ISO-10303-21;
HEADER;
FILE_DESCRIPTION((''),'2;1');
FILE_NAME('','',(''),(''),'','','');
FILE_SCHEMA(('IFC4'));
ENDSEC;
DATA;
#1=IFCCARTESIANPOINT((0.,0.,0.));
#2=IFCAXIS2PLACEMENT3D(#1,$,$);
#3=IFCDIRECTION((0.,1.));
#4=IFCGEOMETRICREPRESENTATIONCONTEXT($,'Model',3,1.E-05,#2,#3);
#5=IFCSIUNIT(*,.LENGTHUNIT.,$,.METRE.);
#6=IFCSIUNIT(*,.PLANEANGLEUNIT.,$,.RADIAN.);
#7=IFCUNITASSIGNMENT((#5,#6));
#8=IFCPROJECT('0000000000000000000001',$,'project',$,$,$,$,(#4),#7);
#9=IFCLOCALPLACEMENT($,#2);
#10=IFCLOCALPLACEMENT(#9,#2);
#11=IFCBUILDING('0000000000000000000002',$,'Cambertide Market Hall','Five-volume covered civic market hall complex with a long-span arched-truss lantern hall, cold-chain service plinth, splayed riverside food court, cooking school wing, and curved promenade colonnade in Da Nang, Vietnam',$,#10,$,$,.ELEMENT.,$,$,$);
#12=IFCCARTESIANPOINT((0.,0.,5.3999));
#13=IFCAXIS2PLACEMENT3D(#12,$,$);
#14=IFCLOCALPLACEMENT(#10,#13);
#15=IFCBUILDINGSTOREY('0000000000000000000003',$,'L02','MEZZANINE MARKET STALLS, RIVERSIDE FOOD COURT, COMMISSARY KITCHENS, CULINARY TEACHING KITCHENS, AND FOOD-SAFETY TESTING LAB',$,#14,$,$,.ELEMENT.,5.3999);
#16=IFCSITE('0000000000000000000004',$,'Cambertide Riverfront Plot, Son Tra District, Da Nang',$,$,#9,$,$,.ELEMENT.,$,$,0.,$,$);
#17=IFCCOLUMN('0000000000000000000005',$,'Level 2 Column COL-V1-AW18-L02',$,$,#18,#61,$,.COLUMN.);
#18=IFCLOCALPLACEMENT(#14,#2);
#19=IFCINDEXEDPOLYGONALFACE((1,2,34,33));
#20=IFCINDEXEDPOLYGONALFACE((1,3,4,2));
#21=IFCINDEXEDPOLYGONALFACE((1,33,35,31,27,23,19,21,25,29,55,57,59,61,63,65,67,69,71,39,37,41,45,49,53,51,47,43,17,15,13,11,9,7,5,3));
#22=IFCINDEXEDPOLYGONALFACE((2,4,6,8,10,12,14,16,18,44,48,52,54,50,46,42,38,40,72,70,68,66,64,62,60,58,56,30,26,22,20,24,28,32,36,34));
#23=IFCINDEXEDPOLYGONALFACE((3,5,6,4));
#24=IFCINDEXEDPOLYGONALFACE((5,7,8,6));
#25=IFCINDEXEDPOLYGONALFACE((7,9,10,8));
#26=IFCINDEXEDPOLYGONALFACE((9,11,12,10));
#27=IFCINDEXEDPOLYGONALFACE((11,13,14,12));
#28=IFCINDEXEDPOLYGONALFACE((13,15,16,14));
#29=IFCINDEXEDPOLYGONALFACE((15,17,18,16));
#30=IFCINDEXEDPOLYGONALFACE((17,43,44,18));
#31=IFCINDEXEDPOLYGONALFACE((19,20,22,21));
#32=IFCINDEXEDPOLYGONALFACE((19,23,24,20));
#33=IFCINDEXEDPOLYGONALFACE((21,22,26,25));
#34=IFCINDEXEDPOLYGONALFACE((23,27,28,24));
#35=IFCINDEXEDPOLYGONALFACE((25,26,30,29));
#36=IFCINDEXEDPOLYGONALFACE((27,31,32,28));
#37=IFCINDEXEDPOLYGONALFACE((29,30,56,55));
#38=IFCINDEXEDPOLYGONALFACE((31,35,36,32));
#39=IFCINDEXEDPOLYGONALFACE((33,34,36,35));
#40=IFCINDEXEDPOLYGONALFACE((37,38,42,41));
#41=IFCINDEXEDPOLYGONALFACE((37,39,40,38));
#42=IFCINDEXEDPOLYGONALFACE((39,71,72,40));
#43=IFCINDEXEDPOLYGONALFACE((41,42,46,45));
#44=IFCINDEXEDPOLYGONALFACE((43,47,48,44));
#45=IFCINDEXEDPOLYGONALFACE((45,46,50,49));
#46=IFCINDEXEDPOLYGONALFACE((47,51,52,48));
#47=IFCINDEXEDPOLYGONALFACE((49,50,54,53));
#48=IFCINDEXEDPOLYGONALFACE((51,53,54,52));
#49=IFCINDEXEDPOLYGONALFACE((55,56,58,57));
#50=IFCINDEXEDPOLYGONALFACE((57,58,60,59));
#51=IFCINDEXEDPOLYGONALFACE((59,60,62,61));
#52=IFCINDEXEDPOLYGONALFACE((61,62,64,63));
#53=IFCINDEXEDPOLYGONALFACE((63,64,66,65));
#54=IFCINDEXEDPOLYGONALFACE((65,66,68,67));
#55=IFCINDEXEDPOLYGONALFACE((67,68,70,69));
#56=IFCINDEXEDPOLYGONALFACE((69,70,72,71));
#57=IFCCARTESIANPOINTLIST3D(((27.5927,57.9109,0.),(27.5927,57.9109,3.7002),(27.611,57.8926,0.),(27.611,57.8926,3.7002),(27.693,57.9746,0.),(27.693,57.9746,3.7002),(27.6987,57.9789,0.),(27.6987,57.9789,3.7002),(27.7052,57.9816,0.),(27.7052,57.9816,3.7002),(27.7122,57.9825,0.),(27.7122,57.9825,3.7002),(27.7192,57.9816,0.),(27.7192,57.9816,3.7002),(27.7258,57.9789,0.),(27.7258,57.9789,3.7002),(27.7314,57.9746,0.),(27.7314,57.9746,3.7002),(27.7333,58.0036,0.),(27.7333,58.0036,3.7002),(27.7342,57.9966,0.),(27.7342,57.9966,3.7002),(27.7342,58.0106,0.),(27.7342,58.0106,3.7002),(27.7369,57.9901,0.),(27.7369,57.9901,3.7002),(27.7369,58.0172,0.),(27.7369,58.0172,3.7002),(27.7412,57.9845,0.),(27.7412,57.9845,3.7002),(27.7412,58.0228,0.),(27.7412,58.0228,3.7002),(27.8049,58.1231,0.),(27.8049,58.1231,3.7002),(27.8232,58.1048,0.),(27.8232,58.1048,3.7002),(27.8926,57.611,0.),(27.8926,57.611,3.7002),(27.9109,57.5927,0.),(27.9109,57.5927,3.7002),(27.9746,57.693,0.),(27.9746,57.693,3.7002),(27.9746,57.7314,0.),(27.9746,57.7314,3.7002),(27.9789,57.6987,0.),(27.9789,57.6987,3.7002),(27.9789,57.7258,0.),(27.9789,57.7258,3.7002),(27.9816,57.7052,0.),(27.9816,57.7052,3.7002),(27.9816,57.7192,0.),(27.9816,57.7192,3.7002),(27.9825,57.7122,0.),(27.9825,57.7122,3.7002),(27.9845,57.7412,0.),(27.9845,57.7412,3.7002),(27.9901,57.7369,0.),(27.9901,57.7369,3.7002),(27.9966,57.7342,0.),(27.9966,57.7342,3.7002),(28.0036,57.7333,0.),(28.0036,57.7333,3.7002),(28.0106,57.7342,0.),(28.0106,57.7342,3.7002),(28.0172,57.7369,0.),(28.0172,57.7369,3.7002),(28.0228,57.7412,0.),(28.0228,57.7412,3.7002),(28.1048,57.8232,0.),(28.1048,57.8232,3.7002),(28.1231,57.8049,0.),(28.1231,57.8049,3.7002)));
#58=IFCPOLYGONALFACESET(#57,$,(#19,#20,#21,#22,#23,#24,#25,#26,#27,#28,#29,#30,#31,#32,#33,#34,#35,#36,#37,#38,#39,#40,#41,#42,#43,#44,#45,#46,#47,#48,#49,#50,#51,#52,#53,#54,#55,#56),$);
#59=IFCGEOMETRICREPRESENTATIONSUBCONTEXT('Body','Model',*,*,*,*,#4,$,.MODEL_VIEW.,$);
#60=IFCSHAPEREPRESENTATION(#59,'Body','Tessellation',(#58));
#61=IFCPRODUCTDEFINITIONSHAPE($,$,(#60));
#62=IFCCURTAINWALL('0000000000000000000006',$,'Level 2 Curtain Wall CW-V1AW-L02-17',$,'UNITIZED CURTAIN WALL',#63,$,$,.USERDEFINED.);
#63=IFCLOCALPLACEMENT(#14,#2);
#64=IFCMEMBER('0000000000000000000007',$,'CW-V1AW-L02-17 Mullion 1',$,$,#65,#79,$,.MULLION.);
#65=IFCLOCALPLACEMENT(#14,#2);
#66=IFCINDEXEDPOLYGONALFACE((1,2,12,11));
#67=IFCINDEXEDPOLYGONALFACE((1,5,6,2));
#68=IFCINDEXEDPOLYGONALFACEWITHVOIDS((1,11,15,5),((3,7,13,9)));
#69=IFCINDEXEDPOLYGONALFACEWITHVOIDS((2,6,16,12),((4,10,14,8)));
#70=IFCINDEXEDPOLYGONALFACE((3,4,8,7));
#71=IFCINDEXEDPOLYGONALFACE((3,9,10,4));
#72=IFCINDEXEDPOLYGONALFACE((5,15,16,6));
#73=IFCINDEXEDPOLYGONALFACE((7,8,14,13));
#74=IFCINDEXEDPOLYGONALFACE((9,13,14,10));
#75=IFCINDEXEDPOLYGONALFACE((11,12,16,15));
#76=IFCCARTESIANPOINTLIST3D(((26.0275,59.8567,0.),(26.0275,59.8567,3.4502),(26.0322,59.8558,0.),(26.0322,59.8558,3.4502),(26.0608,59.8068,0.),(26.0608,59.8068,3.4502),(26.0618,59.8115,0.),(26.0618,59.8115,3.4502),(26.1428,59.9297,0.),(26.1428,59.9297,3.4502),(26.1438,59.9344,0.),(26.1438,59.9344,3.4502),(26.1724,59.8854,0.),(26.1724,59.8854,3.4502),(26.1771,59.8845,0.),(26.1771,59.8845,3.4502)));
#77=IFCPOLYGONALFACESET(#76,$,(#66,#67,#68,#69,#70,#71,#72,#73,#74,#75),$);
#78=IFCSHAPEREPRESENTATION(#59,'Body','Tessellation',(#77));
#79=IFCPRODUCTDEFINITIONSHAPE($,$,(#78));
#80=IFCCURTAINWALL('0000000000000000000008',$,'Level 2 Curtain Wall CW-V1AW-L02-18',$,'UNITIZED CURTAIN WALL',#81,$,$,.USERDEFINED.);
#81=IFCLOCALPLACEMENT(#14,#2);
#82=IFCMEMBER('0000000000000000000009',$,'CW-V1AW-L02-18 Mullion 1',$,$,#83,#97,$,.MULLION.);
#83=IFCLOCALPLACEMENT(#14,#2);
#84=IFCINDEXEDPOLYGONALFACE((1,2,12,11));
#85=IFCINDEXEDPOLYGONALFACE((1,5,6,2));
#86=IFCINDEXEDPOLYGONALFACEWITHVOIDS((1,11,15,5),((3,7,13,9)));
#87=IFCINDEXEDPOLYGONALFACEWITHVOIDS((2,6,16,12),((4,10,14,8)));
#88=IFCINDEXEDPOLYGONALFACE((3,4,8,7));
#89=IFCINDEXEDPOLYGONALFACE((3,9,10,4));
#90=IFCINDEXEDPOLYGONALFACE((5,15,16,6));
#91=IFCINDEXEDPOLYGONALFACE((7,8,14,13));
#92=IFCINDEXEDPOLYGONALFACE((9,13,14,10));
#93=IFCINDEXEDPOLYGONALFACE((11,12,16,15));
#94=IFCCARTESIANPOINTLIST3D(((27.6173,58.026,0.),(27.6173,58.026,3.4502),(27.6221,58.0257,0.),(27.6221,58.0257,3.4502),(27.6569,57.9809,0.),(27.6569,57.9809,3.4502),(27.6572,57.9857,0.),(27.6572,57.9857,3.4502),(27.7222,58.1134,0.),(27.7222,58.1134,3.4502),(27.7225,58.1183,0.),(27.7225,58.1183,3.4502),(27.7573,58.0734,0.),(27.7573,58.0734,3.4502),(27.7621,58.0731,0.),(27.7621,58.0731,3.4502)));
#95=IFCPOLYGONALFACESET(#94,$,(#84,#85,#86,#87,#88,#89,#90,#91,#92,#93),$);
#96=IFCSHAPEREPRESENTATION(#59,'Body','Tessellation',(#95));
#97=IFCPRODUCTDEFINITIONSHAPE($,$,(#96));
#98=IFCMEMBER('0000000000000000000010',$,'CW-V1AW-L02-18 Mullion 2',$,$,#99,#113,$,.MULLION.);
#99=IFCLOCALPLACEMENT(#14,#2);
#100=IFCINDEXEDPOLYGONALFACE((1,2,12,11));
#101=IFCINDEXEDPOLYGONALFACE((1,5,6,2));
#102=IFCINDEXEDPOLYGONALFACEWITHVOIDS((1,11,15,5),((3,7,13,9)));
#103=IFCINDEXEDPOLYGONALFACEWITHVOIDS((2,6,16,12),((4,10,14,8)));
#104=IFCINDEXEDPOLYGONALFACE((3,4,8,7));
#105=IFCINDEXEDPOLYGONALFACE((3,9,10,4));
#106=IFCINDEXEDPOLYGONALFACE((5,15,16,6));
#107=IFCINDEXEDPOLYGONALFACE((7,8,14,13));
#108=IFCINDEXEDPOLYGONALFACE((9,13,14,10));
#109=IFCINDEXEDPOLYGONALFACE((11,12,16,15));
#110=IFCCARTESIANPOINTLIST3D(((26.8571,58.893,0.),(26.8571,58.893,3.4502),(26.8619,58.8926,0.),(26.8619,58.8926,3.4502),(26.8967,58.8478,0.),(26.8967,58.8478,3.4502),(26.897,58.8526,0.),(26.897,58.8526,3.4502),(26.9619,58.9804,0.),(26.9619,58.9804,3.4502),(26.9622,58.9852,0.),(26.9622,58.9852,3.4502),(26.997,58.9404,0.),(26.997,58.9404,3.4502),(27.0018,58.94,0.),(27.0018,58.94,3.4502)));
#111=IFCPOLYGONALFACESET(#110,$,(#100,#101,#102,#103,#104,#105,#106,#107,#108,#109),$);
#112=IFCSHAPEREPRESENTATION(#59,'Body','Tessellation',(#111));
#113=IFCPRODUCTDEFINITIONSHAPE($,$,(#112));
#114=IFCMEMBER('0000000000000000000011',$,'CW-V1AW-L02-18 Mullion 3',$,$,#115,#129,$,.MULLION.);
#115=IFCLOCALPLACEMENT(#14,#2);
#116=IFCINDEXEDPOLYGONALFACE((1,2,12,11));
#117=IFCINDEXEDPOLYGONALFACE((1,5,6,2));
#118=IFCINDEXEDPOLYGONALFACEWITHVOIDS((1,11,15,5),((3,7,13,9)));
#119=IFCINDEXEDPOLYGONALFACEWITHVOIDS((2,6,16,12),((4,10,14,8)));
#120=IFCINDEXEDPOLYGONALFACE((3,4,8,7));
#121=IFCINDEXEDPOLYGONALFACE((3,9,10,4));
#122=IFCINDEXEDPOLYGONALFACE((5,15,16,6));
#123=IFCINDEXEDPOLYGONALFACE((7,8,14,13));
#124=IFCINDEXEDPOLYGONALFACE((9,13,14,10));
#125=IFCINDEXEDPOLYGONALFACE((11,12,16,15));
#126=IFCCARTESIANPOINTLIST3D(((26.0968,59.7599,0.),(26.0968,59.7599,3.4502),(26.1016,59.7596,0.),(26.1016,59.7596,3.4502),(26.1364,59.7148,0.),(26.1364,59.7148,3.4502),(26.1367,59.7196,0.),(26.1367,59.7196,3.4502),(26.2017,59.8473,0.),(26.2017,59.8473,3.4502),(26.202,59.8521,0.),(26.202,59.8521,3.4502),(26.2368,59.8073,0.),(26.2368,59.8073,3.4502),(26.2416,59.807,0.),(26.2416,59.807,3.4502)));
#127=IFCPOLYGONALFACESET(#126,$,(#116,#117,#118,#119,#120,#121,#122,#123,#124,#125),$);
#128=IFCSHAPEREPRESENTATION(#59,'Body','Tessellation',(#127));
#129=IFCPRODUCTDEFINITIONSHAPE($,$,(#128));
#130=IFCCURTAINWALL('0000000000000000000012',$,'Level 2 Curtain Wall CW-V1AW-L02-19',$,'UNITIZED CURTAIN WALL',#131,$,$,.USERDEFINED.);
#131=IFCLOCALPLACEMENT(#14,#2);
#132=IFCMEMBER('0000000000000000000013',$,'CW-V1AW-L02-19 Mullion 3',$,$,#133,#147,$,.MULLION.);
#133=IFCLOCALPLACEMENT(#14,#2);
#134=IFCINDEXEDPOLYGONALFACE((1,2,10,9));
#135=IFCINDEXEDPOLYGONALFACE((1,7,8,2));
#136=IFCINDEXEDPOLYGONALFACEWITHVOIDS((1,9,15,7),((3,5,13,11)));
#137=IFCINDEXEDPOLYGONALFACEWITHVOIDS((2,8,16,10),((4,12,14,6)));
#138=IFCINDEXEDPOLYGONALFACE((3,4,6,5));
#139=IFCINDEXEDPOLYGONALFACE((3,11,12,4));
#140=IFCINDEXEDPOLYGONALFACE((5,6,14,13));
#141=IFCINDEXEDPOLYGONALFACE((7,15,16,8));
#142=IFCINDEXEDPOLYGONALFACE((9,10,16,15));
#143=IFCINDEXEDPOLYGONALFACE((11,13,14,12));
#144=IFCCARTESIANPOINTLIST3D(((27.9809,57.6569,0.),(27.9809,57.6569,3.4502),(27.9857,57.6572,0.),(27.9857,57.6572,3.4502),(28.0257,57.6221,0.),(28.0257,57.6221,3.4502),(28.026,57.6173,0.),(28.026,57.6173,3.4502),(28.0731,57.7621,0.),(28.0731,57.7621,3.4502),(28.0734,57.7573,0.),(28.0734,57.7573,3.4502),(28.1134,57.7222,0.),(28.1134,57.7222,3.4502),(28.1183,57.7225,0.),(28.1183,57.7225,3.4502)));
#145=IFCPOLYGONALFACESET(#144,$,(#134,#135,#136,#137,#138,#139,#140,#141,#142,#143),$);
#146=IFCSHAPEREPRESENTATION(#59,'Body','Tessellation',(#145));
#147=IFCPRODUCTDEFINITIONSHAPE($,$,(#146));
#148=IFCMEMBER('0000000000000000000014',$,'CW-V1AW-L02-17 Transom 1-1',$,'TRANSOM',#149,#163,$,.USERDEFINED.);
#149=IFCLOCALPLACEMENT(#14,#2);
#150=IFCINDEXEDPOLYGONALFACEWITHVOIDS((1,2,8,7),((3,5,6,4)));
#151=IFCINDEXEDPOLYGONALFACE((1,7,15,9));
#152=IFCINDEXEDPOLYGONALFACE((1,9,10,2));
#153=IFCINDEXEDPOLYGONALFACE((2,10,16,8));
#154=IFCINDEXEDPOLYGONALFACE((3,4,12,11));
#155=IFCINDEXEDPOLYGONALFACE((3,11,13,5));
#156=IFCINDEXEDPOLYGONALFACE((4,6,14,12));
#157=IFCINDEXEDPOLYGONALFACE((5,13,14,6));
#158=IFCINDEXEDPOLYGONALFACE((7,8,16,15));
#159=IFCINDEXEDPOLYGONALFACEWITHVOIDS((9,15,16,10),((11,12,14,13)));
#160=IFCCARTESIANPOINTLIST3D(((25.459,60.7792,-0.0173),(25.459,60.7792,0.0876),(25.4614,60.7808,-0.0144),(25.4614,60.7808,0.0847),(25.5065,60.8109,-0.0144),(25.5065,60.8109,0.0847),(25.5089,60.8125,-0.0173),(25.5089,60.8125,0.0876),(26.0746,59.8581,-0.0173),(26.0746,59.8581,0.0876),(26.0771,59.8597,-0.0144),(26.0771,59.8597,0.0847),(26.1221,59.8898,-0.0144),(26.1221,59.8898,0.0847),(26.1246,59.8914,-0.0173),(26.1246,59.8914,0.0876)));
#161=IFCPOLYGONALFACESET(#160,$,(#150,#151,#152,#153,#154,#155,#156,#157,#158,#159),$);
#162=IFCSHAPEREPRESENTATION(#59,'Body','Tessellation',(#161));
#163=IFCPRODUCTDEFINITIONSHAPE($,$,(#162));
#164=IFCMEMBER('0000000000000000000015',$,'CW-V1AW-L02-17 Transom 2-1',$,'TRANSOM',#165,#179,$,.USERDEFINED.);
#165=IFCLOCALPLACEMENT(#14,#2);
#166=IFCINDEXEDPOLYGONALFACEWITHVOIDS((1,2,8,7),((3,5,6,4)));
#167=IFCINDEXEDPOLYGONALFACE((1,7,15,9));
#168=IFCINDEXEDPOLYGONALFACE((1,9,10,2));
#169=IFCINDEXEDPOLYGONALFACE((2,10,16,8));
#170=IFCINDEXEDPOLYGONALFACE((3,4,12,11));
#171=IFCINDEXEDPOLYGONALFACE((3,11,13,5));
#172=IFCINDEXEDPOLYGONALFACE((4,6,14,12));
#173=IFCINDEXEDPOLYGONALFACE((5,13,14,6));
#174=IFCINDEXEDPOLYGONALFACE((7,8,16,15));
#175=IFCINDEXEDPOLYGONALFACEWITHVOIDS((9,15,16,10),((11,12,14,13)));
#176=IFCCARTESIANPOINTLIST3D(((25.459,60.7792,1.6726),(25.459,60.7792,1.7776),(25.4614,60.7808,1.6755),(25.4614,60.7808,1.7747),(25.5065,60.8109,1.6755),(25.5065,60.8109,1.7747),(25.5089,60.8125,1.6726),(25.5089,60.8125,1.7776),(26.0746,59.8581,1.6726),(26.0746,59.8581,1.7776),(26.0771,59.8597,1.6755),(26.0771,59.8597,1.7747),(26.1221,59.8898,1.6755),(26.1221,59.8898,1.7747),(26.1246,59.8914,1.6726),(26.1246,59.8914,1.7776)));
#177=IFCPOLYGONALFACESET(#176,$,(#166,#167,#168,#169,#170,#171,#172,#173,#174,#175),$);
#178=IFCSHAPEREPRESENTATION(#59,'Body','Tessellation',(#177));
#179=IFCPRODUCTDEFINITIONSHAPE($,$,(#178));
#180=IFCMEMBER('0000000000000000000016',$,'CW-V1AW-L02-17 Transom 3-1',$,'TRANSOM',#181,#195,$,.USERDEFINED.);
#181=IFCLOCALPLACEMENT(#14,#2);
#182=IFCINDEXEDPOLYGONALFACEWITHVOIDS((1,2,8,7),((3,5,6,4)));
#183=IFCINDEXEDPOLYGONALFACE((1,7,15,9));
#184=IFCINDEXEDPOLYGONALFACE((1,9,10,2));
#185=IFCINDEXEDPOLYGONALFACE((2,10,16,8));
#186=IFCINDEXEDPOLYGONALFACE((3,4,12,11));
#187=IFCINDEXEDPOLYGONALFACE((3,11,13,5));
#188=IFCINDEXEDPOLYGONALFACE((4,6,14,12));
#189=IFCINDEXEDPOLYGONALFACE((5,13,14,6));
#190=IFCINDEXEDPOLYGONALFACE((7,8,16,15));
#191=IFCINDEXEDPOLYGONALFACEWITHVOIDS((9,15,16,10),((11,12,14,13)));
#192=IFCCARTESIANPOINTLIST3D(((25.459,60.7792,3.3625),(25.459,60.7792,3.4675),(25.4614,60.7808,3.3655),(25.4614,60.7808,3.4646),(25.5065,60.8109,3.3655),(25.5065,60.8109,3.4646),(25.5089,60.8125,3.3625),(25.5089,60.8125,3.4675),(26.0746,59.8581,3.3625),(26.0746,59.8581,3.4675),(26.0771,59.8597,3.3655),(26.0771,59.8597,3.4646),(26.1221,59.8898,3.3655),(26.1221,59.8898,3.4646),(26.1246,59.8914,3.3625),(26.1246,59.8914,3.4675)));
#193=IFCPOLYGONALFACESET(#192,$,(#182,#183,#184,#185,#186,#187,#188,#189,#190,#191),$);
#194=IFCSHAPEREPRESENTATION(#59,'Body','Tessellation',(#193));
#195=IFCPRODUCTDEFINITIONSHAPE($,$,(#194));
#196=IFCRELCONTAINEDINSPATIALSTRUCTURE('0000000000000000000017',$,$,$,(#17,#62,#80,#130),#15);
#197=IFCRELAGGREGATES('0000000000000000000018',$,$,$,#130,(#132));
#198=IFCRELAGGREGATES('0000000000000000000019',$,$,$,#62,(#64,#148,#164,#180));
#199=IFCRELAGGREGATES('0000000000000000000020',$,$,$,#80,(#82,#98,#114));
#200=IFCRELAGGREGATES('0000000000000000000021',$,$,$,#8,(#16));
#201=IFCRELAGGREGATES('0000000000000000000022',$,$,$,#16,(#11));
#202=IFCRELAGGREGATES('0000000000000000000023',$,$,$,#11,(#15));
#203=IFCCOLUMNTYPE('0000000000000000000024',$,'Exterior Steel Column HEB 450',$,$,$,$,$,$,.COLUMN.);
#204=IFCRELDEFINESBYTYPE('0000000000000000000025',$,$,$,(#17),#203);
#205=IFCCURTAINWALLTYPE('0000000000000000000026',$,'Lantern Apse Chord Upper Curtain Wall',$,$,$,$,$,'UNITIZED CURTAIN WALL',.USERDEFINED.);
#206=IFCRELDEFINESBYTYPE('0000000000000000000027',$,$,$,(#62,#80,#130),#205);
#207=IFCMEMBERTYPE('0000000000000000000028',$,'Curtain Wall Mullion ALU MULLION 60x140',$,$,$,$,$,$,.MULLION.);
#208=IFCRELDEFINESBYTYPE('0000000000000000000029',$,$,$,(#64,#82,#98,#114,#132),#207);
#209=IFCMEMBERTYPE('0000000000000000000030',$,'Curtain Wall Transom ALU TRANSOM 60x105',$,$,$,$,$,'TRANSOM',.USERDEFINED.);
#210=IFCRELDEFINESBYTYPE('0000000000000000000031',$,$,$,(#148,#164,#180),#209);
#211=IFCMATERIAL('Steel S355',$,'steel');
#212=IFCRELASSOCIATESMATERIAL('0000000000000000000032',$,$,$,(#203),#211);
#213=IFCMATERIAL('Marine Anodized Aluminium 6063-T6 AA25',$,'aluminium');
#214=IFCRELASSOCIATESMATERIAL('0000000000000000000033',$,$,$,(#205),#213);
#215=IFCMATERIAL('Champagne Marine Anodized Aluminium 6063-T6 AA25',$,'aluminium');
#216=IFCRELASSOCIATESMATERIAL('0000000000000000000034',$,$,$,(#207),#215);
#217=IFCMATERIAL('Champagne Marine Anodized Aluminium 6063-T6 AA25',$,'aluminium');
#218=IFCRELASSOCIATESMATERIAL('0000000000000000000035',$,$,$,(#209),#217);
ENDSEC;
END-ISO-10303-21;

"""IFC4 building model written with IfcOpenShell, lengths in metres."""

from ifc_helpers import new_model, si_unit, direction, frame, origin, origin_2d, place, context, subcontext, project, spatial, hollow_rectangle, i_section, extrude, material, material_profile, profile_set, type_object, element, aggregate, save


model = new_model("IFC4")

# Units and contexts
model_context = context("Model", 3, precision=1e-05, world=origin(), true_north=direction((0.0, 1.0)))
body_context = subcontext(model_context, "Body", "Model", "MODEL_VIEW")
ifc_project = project(units=[si_unit("LENGTHUNIT", "METRE"), si_unit("PLANEANGLEUNIT", "RADIAN")], contexts=[model_context])

# Site, building, storey
site_placement = place(None, origin())
site = spatial("IfcSite", under=ifc_project, at=site_placement, Name="Cambertide Riverfront Plot, Son Tra District, Da Nang", CompositionType="ELEMENT", RefElevation=0.0)
building_placement = place(site_placement, origin())
building = spatial("IfcBuilding", under=site, at=building_placement, Name="Cambertide Market Hall", Description="Five-volume covered civic market hall complex with a long-span arched-truss lantern hall, cold-chain service plinth, splayed riverside food court, cooking school wing, and curved promenade colonnade in Da Nang, Vietnam", CompositionType="ELEMENT")
storey_placement = place(building_placement, frame((0.0, 0.0, 5.3999)))
storey = spatial("IfcBuildingStorey", under=building, at=storey_placement, Name="L02", Description="MEZZANINE MARKET STALLS, RIVERSIDE FOOD COURT, COMMISSARY KITCHENS, CULINARY TEACHING KITCHENS, AND FOOD-SAFETY TESTING LAB", CompositionType="ELEMENT", Elevation=5.3999)

# Column
ifc_material_1 = material(Name="Steel S355", Category="steel")
ifc_material_profile_1 = material_profile(ifc_material_1, i_section(OverallWidth=0.3, OverallDepth=0.45, WebThickness=0.0139, FlangeThickness=0.0259, FilletRadius=0.0271, at=origin_2d()), Name="HEB 450")
ifc_profile_set_1 = profile_set([ifc_material_profile_1], Name="Steel S355")
column_type = type_object("IfcColumnType", Name="Exterior Steel Column HEB 450", PredefinedType="COLUMN", material=ifc_profile_set_1)
column_placement = place(storey_placement, frame((27.8579, 57.8579, 0.0), z_axis=(0.0, 0.0, 1.0), x_axis=(-0.707107, -0.707107, 0.0)))
element("IfcColumn", 1, at=column_placement, inside=storey, type_object=column_type, Name="Level 2 Column COL-V1-AW18-L02", PredefinedType="COLUMN", context=body_context, shape_type="SweptSolid", body=[
    extrude(i_section(OverallWidth=0.3, OverallDepth=0.45, WebThickness=0.0139, FlangeThickness=0.0259, FilletRadius=0.0271, at=origin_2d()), origin(), (0.0, 0.0, 1.0), 3.7002),
])

# Curtain wall, member
ifc_material_2 = material(Name="Marine Anodized Aluminium 6063-T6 AA25", Category="aluminium")
curtain_wall_type = type_object("IfcCurtainWallType", Name="Lantern Apse Chord Upper Curtain Wall", ElementType="UNITIZED CURTAIN WALL", PredefinedType="USERDEFINED", material=ifc_material_2)
curtain_wall_1_placement = place(storey_placement, origin())
curtain_wall_1 = element("IfcCurtainWall", 2, at=curtain_wall_1_placement, inside=storey, type_object=curtain_wall_type, Name="Level 2 Curtain Wall CW-V1AW-L02-17", ObjectType="UNITIZED CURTAIN WALL", PredefinedType="USERDEFINED")
ifc_material_3 = material(Name="Champagne Marine Anodized Aluminium 6063-T6 AA25", Category="aluminium")
ifc_material_profile_2 = material_profile(ifc_material_3, hollow_rectangle(XDim=0.0601, YDim=0.1399, WallThickness=0.0034, at=origin_2d()), Name="ALU MULLION 60x140")
ifc_profile_set_2 = profile_set([ifc_material_profile_2], Name="Champagne Marine Anodized Aluminium 6063-T6 AA25")
member_type_1 = type_object("IfcMemberType", Name="Curtain Wall Mullion ALU MULLION 60x140", PredefinedType="MULLION", material=ifc_profile_set_2)
member_1_placement = place(storey_placement, frame((26.1023, 59.8706, 0.0), z_axis=(0.0, 0.0, 1.0), x_axis=(-0.55557, 0.83147, 0.0)))
member_1 = element("IfcMember", 3, at=member_1_placement, type_object=member_type_1, Name="CW-V1AW-L02-17 Mullion 1", PredefinedType="MULLION", context=body_context, shape_type="SweptSolid", body=[
    extrude(hollow_rectangle(XDim=0.0601, YDim=0.1399, WallThickness=0.0034, at=origin_2d()), origin(), (0.0, 0.0, 1.0), 3.4502),
])

# Curtain wall, members
curtain_wall_2_placement = place(storey_placement, origin())
curtain_wall_2 = element("IfcCurtainWall", 4, at=curtain_wall_2_placement, inside=storey, type_object=curtain_wall_type, Name="Level 2 Curtain Wall CW-V1AW-L02-18", ObjectType="UNITIZED CURTAIN WALL", PredefinedType="USERDEFINED")
member_2_placement = place(storey_placement, frame((27.6897, 58.0496, 0.0), z_axis=(0.0, 0.0, 1.0), x_axis=(-0.659346, 0.75184, 0.0)))
member_2 = element("IfcMember", 5, at=member_2_placement, type_object=member_type_1, Name="CW-V1AW-L02-18 Mullion 1", PredefinedType="MULLION", context=body_context, shape_type="SweptSolid", body=[
    extrude(hollow_rectangle(XDim=0.0601, YDim=0.1399, WallThickness=0.0034, at=origin_2d()), origin(), (0.0, 0.0, 1.0), 3.4502),
])
member_3_placement = place(storey_placement, frame((26.9294, 58.9165, 0.0), z_axis=(0.0, 0.0, 1.0), x_axis=(-0.659346, 0.75184, 0.0)))
member_3 = element("IfcMember", 6, at=member_3_placement, type_object=member_type_1, Name="CW-V1AW-L02-18 Mullion 2", PredefinedType="MULLION", context=body_context, shape_type="SweptSolid", body=[
    extrude(hollow_rectangle(XDim=0.0601, YDim=0.1399, WallThickness=0.0034, at=origin_2d()), origin(), (0.0, 0.0, 1.0), 3.4502),
])
member_4_placement = place(storey_placement, frame((26.1692, 59.7834, 0.0), z_axis=(0.0, 0.0, 1.0), x_axis=(-0.659346, 0.75184, 0.0)))
member_4 = element("IfcMember", 7, at=member_4_placement, type_object=member_type_1, Name="CW-V1AW-L02-18 Mullion 3", PredefinedType="MULLION", context=body_context, shape_type="SweptSolid", body=[
    extrude(hollow_rectangle(XDim=0.0601, YDim=0.1399, WallThickness=0.0034, at=origin_2d()), origin(), (0.0, 0.0, 1.0), 3.4502),
])

# Curtain wall, member
curtain_wall_3_placement = place(storey_placement, origin())
curtain_wall_3 = element("IfcCurtainWall", 8, at=curtain_wall_3_placement, inside=storey, type_object=curtain_wall_type, Name="Level 2 Curtain Wall CW-V1AW-L02-19", ObjectType="UNITIZED CURTAIN WALL", PredefinedType="USERDEFINED")
member_5_placement = place(storey_placement, frame((28.0496, 57.6897, 0.0), z_axis=(0.0, 0.0, 1.0), x_axis=(-0.75184, 0.659346, 0.0)))
member_5 = element("IfcMember", 9, at=member_5_placement, type_object=member_type_1, Name="CW-V1AW-L02-19 Mullion 3", PredefinedType="MULLION", context=body_context, shape_type="SweptSolid", body=[
    extrude(hollow_rectangle(XDim=0.0601, YDim=0.1399, WallThickness=0.0034, at=origin_2d()), origin(), (0.0, 0.0, 1.0), 3.4502),
])
aggregate(curtain_wall_3, [member_5])

# Members
ifc_material_4 = material(Name="Champagne Marine Anodized Aluminium 6063-T6 AA25", Category="aluminium")
ifc_material_profile_3 = material_profile(ifc_material_4, hollow_rectangle(XDim=0.0601, YDim=0.105, WallThickness=0.0029, at=origin_2d()), Name="ALU TRANSOM 60x105")
ifc_profile_set_3 = profile_set([ifc_material_profile_3], Name="Champagne Marine Anodized Aluminium 6063-T6 AA25")
member_type_2 = type_object("IfcMemberType", Name="Curtain Wall Transom ALU TRANSOM 60x105", ElementType="TRANSOM", PredefinedType="USERDEFINED", material=ifc_profile_set_3)
member_6_placement = place(storey_placement, frame((26.0996, 59.8748, 0.0352), z_axis=(-0.555717, 0.831372, 0.0), x_axis=(-0.831372, -0.555717, 0.0)))
member_6 = element("IfcMember", 10, at=member_6_placement, type_object=member_type_2, Name="CW-V1AW-L02-17 Transom 1-1", ObjectType="TRANSOM", PredefinedType="USERDEFINED", context=body_context, shape_type="SweptSolid", body=[
    extrude(hollow_rectangle(XDim=0.0601, YDim=0.105, WallThickness=0.0029, at=origin_2d()), origin(), (0.0, 0.0, 1.0), 1.1079),
])
member_7_placement = place(storey_placement, frame((26.0996, 59.8748, 1.7251), z_axis=(-0.555717, 0.831372, 0.0), x_axis=(-0.831372, -0.555717, 0.0)))
member_7 = element("IfcMember", 11, at=member_7_placement, type_object=member_type_2, Name="CW-V1AW-L02-17 Transom 2-1", ObjectType="TRANSOM", PredefinedType="USERDEFINED", context=body_context, shape_type="SweptSolid", body=[
    extrude(hollow_rectangle(XDim=0.0601, YDim=0.105, WallThickness=0.0029, at=origin_2d()), origin(), (0.0, 0.0, 1.0), 1.1079),
])
member_8_placement = place(storey_placement, frame((26.0996, 59.8748, 3.415), z_axis=(-0.555717, 0.831372, 0.0), x_axis=(-0.831372, -0.555717, 0.0)))
member_8 = element("IfcMember", 12, at=member_8_placement, type_object=member_type_2, Name="CW-V1AW-L02-17 Transom 3-1", ObjectType="TRANSOM", PredefinedType="USERDEFINED", context=body_context, shape_type="SweptSolid", body=[
    extrude(hollow_rectangle(XDim=0.0601, YDim=0.105, WallThickness=0.0029, at=origin_2d()), origin(), (0.0, 0.0, 1.0), 1.1079),
])

aggregate(curtain_wall_1, [member_1, member_6, member_7, member_8])
aggregate(curtain_wall_2, [member_2, member_3, member_4])

save(model, "model.ifc")
